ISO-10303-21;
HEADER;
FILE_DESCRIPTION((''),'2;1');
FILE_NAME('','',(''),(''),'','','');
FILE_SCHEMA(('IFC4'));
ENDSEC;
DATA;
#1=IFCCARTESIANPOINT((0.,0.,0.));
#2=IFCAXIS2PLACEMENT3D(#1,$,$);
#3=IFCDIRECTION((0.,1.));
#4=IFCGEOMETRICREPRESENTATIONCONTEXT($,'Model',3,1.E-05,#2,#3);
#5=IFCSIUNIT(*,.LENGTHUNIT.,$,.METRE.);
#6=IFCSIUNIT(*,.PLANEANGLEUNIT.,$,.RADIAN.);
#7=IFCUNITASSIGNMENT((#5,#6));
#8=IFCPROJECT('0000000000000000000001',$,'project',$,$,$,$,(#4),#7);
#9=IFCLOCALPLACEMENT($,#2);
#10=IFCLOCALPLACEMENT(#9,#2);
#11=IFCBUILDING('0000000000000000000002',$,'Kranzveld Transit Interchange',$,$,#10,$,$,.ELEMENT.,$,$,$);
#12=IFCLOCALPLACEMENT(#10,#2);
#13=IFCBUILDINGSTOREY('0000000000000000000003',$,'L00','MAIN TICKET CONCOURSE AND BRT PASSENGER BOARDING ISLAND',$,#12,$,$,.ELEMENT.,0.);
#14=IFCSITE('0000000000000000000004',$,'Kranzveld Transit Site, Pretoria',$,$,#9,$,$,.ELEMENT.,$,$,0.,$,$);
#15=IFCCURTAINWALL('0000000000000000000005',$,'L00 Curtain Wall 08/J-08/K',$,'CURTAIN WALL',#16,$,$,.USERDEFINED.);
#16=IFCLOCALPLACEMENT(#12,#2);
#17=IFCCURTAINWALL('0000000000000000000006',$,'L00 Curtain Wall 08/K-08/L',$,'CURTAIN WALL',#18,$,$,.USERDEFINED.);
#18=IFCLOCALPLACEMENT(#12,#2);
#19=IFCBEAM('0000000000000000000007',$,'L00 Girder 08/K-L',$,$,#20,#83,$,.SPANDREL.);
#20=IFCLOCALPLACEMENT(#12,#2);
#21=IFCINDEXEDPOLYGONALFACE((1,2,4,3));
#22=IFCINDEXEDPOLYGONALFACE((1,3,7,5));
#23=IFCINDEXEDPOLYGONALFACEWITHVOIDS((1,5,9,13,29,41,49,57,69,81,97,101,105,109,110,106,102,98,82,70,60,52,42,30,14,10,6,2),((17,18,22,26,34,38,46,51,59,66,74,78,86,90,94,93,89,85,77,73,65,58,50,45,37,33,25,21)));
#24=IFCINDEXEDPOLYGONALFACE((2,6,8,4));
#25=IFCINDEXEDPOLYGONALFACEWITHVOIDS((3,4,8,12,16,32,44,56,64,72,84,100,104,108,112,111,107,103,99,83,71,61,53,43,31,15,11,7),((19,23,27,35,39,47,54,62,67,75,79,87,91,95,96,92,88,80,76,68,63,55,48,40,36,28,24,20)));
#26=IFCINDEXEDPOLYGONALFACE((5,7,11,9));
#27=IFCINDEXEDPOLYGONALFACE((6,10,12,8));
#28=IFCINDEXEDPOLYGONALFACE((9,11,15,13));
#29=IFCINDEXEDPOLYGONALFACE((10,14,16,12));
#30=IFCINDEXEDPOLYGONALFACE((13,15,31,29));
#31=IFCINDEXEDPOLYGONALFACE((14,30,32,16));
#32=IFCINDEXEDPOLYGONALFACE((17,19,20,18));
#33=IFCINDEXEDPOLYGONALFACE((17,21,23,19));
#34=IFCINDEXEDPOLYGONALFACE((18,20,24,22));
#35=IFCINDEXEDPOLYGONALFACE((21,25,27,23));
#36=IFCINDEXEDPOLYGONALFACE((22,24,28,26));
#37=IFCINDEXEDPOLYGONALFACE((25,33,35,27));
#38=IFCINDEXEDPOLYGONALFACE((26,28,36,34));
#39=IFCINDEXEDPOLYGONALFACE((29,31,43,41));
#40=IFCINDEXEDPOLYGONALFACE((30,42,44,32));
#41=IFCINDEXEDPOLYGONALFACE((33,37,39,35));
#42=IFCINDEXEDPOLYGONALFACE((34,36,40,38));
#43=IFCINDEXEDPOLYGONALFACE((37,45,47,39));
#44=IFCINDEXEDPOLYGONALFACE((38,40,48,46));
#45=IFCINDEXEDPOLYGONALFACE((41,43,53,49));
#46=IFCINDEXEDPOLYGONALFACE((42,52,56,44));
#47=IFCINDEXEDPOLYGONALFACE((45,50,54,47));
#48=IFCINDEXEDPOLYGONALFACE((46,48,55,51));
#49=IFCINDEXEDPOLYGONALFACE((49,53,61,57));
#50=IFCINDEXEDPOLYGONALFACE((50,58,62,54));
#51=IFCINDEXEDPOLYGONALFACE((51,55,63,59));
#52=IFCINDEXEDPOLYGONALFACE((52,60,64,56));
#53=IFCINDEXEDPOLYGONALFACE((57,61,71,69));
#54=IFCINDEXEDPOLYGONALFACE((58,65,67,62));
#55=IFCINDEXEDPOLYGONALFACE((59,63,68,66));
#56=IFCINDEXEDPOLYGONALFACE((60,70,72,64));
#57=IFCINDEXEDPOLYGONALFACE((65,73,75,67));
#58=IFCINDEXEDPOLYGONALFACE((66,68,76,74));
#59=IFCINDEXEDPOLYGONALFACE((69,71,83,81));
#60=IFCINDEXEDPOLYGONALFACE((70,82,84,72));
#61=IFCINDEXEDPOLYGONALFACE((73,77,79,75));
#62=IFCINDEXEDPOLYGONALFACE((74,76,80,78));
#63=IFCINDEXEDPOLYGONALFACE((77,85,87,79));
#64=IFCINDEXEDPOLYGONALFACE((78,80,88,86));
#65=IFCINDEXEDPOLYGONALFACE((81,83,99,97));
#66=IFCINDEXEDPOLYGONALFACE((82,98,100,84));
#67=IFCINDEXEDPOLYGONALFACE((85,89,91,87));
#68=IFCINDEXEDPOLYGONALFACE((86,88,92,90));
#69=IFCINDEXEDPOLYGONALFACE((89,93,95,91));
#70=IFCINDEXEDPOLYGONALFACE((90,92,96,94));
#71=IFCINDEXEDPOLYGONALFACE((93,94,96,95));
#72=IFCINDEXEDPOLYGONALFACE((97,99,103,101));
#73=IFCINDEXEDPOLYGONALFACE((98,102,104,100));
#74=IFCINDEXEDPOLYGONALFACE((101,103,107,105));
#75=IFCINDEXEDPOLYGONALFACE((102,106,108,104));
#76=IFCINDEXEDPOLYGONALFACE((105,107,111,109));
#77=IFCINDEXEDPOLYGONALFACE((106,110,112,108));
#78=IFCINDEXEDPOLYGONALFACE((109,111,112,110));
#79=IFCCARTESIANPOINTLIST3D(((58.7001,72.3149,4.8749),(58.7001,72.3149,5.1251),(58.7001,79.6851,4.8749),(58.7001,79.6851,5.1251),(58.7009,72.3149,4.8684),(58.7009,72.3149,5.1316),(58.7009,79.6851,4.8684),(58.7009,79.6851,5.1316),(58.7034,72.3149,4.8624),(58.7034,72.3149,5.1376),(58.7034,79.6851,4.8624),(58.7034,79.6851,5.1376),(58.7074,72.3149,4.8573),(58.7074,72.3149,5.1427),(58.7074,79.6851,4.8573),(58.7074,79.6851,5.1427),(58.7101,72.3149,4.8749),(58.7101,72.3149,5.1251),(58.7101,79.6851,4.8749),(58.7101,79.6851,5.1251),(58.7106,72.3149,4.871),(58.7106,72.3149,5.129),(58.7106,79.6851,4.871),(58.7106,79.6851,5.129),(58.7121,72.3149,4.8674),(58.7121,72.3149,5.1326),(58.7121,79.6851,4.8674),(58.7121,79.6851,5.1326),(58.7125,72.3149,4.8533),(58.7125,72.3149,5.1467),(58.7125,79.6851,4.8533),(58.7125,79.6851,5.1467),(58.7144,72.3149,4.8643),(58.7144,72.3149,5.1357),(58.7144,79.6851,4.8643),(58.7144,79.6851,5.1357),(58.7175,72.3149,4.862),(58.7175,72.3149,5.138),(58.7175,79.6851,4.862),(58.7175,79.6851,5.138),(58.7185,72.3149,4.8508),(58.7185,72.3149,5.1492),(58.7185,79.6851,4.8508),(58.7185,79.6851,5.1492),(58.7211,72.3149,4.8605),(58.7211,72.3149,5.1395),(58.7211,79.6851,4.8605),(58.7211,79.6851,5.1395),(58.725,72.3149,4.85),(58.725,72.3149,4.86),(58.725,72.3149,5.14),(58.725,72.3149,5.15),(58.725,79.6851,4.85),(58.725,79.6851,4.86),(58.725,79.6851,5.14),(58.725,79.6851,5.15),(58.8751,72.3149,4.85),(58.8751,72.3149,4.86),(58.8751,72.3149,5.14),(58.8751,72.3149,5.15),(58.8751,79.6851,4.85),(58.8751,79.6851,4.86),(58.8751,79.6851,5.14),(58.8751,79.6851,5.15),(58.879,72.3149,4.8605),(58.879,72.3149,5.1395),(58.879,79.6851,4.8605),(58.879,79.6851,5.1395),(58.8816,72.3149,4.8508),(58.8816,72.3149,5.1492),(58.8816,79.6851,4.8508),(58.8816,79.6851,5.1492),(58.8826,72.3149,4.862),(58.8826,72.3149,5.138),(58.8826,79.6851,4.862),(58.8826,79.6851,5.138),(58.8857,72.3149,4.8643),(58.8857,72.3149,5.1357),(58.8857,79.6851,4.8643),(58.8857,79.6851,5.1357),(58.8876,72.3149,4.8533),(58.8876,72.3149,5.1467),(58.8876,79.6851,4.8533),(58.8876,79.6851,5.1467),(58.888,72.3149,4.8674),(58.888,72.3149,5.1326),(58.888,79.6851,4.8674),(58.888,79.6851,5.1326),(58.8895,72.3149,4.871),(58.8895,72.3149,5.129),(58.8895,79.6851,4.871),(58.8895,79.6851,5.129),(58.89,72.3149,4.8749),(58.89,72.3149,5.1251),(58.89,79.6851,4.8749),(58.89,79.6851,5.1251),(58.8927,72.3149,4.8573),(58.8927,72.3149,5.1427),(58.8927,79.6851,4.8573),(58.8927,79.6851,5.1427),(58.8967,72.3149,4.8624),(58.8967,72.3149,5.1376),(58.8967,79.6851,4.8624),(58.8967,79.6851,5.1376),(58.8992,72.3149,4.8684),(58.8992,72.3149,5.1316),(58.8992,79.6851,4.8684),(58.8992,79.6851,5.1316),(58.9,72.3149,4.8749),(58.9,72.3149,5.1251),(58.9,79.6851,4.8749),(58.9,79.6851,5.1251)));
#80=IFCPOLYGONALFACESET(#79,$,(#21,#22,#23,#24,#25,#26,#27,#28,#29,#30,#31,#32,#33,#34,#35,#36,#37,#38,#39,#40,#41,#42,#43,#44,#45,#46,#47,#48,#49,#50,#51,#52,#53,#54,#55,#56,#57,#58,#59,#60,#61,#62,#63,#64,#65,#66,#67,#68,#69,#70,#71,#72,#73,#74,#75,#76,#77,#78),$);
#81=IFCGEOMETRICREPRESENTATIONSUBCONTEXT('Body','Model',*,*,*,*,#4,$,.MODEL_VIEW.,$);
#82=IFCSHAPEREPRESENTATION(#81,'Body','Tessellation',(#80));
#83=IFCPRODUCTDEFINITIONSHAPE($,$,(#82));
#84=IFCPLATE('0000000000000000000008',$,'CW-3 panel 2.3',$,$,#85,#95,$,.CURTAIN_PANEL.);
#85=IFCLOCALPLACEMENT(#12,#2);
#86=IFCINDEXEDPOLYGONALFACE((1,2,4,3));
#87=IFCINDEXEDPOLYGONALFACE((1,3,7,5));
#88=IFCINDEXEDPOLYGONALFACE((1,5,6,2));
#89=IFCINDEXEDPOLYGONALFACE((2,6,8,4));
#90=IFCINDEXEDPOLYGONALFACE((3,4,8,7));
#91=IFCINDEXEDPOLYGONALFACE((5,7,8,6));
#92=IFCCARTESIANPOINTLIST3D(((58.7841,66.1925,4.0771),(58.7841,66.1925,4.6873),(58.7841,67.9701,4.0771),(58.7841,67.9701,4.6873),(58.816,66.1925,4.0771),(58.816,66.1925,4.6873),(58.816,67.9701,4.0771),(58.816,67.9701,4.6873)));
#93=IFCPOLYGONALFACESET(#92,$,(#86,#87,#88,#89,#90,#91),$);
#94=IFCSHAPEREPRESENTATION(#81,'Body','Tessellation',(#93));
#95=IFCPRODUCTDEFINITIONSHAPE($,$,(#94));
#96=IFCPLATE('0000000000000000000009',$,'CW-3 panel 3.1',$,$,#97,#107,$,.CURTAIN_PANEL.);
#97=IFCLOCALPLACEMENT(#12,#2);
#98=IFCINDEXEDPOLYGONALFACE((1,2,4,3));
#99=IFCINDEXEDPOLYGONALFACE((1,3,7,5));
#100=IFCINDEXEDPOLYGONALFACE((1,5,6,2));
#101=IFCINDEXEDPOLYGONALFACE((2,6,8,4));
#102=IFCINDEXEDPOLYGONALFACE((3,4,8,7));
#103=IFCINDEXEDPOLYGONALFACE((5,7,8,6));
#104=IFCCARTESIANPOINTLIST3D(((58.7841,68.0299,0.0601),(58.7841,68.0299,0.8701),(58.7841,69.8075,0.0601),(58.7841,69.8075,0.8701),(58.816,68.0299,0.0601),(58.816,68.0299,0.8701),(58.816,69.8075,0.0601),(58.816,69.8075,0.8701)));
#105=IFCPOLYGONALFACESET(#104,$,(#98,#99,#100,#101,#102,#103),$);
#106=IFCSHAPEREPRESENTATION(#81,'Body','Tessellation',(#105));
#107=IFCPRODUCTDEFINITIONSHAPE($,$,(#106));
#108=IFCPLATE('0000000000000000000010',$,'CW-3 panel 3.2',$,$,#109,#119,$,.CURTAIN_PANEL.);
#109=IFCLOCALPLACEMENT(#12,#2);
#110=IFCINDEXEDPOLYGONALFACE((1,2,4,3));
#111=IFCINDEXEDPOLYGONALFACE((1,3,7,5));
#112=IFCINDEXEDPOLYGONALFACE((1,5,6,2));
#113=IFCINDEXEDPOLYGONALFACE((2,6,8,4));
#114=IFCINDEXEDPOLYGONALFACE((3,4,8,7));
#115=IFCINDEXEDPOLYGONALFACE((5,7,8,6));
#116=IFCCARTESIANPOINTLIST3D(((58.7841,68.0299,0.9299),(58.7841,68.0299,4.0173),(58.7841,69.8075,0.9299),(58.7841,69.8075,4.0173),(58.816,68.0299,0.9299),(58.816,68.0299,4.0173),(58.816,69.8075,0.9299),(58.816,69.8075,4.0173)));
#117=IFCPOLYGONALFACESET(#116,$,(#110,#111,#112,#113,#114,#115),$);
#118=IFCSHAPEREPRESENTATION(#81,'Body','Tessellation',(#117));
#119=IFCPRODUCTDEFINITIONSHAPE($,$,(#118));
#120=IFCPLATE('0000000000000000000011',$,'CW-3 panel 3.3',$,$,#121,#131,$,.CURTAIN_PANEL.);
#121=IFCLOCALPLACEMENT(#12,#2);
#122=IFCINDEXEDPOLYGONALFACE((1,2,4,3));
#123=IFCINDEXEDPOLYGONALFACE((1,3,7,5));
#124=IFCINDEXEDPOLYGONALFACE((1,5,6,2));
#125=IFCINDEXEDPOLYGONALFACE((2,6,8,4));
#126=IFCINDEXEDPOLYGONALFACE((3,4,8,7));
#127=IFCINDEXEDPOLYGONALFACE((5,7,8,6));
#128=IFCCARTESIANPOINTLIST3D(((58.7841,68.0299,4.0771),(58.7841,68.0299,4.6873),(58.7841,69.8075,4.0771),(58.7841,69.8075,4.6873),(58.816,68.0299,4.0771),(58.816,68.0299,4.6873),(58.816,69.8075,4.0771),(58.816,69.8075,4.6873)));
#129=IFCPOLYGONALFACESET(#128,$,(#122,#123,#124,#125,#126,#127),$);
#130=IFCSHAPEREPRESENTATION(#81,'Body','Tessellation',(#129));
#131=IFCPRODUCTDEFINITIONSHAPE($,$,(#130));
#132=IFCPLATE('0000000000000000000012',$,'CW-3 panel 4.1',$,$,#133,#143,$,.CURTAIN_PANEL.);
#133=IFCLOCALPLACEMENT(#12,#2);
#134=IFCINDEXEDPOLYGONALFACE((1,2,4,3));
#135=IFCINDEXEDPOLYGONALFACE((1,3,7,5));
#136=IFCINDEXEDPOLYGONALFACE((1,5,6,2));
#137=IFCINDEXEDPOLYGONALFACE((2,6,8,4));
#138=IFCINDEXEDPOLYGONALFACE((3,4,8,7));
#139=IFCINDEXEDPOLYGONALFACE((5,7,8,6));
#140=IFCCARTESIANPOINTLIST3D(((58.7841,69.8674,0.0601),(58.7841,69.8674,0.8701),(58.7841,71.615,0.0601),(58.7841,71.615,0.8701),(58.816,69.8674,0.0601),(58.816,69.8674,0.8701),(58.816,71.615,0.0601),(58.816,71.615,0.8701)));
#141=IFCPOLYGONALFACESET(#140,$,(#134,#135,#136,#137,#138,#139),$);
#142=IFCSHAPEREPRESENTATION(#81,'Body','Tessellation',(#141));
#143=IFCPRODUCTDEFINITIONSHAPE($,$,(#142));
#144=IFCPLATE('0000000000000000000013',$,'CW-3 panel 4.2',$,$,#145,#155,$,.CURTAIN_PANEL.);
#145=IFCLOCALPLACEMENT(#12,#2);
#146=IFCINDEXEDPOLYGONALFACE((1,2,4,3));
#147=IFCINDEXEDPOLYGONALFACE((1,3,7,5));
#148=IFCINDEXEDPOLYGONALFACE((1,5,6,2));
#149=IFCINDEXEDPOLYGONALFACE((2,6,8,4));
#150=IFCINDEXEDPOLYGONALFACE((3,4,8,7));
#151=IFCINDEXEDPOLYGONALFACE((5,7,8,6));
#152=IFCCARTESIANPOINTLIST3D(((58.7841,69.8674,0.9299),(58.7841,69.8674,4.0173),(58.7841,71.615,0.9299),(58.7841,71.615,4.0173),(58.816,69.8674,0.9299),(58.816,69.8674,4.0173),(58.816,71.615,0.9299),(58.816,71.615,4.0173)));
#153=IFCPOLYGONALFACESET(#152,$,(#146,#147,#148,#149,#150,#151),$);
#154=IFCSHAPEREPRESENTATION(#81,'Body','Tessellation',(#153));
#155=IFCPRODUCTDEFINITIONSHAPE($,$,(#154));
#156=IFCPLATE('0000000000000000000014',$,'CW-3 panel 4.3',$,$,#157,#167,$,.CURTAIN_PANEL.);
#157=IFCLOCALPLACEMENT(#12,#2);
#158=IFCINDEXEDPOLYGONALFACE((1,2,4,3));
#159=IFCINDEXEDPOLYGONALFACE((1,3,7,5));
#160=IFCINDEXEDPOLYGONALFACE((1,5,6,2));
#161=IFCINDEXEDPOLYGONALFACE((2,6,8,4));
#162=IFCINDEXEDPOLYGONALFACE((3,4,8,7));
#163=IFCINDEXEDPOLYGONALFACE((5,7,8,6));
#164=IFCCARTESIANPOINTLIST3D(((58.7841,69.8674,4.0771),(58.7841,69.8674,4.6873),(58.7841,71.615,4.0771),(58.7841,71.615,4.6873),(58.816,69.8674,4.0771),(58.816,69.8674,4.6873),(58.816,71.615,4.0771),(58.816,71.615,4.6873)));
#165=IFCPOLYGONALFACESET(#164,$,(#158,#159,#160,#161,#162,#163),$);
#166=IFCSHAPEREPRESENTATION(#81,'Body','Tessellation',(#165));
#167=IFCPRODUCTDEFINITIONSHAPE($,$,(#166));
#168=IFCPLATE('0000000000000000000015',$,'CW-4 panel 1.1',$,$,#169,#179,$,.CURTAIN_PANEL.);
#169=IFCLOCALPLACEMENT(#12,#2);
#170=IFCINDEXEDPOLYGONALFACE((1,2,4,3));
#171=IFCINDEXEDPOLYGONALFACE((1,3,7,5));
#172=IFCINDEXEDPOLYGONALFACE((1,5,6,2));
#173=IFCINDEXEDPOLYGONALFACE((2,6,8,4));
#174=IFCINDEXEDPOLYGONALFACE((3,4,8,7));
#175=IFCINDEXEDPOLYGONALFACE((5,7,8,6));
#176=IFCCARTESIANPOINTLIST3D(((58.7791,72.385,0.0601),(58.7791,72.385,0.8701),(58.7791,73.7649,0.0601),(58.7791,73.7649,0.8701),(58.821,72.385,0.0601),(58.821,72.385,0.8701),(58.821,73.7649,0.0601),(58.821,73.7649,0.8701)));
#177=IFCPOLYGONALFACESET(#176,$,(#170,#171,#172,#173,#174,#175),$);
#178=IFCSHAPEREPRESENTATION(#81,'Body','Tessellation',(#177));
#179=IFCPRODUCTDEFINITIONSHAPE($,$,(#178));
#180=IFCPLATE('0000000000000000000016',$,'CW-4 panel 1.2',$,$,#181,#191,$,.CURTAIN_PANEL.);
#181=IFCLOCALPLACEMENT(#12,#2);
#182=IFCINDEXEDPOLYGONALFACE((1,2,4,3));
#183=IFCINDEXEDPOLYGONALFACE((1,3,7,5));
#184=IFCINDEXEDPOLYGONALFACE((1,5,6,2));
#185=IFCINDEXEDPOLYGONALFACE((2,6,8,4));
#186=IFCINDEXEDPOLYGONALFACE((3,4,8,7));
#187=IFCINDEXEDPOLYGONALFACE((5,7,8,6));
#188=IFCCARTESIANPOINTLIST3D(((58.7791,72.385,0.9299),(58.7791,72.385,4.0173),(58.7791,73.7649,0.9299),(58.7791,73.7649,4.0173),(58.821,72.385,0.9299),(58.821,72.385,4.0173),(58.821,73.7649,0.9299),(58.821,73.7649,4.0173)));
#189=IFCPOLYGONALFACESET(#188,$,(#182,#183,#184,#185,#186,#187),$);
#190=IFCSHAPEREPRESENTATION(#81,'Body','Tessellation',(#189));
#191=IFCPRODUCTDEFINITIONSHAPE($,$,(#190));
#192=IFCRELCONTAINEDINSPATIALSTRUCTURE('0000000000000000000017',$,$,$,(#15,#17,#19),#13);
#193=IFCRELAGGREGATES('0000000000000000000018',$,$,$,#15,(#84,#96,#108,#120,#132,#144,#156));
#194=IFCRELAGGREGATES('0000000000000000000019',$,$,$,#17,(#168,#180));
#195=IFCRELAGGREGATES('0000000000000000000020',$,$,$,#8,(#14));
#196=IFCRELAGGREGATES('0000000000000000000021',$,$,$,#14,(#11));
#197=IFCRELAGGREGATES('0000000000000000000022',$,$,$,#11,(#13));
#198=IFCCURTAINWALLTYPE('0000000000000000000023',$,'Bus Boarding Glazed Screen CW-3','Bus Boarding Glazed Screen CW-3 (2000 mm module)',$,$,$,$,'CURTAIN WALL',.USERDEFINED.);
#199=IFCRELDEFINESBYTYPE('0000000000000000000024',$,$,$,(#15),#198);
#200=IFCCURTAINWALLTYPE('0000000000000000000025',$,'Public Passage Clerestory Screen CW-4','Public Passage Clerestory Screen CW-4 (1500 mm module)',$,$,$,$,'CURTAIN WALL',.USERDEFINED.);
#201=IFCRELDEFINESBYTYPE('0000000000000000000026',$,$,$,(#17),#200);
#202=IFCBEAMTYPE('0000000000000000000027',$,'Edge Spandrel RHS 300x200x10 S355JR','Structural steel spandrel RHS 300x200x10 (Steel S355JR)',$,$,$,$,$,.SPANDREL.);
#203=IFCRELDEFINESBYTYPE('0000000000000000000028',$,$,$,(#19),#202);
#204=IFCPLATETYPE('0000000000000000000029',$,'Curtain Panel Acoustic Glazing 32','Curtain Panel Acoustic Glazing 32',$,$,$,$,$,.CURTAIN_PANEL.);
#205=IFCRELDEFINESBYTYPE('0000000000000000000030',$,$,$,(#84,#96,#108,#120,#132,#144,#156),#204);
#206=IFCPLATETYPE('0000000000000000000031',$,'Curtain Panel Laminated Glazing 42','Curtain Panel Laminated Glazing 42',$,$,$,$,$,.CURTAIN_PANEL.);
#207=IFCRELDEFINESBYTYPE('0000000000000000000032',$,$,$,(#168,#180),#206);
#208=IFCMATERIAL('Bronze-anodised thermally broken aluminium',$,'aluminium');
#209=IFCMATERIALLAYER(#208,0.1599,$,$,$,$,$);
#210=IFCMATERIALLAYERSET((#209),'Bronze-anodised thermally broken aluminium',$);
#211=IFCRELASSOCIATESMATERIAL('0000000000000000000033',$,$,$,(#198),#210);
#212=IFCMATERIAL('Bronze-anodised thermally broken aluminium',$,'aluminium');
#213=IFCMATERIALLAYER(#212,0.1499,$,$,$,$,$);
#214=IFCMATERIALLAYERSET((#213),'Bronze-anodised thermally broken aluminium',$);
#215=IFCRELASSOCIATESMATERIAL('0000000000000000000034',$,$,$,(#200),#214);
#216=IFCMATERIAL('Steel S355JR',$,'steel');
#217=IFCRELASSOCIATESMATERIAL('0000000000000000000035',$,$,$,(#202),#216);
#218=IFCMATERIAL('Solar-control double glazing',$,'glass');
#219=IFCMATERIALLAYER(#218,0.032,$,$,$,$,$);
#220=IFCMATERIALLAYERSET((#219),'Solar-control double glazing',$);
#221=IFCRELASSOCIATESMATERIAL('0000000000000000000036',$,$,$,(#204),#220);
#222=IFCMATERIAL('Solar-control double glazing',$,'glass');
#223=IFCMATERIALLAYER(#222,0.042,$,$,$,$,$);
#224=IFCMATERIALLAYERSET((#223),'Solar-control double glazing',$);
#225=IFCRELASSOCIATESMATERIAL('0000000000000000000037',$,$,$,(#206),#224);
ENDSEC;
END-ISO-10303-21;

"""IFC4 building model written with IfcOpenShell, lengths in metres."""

from ifc_helpers import new_model, si_unit, direction, frame, origin, origin_2d, place, context, subcontext, project, spatial, rectangle, hollow_rectangle, extrude, material, layer, layer_set, material_profile, profile_set, type_object, element, aggregate, save


model = new_model("IFC4")

# Units and contexts
model_context = context("Model", 3, precision=1e-05, world=origin(), true_north=direction((0.0, 1.0)))
body_context = subcontext(model_context, "Body", "Model", "MODEL_VIEW")
ifc_project = project(units=[si_unit("LENGTHUNIT", "METRE"), si_unit("PLANEANGLEUNIT", "RADIAN")], contexts=[model_context])

# Site, building, storey
site_placement = place(None, origin())
site = spatial("IfcSite", under=ifc_project, at=site_placement, Name="Kranzveld Transit Site, Pretoria", CompositionType="ELEMENT", RefElevation=0.0)
building_placement = place(site_placement, origin())
building = spatial("IfcBuilding", under=site, at=building_placement, Name="Kranzveld Transit Interchange", CompositionType="ELEMENT")
storey_placement = place(building_placement, origin())
storey = spatial("IfcBuildingStorey", under=building, at=storey_placement, Name="L00", Description="MAIN TICKET CONCOURSE AND BRT PASSENGER BOARDING ISLAND", CompositionType="ELEMENT", Elevation=0.0)

# Curtain wall
ifc_material_1 = material(Name="Bronze-anodised thermally broken aluminium", Category="aluminium")
ifc_layer_1 = layer(ifc_material_1, 0.1599)
ifc_layer_set_1 = layer_set([ifc_layer_1], Name="Bronze-anodised thermally broken aluminium")
curtain_wall_type_1 = type_object("IfcCurtainWallType", Name="Bus Boarding Glazed Screen CW-3", Description="Bus Boarding Glazed Screen CW-3 (2000 mm module)", ElementType="CURTAIN WALL", PredefinedType="USERDEFINED", material=ifc_layer_set_1)
curtain_wall_1_placement = place(storey_placement, origin())
curtain_wall_1 = element("IfcCurtainWall", 1, at=curtain_wall_1_placement, inside=storey, type_object=curtain_wall_type_1, Name="L00 Curtain Wall 08/J-08/K", ObjectType="CURTAIN WALL", PredefinedType="USERDEFINED")

# Curtain wall
ifc_material_2 = material(Name="Bronze-anodised thermally broken aluminium", Category="aluminium")
ifc_layer_2 = layer(ifc_material_2, 0.1499)
ifc_layer_set_2 = layer_set([ifc_layer_2], Name="Bronze-anodised thermally broken aluminium")
curtain_wall_type_2 = type_object("IfcCurtainWallType", Name="Public Passage Clerestory Screen CW-4", Description="Public Passage Clerestory Screen CW-4 (1500 mm module)", ElementType="CURTAIN WALL", PredefinedType="USERDEFINED", material=ifc_layer_set_2)
curtain_wall_2_placement = place(storey_placement, origin())
curtain_wall_2 = element("IfcCurtainWall", 2, at=curtain_wall_2_placement, inside=storey, type_object=curtain_wall_type_2, Name="L00 Curtain Wall 08/K-08/L", ObjectType="CURTAIN WALL", PredefinedType="USERDEFINED")

# Beam
ifc_material_3 = material(Name="Steel S355JR", Category="steel")
ifc_material_profile_1 = material_profile(ifc_material_3, hollow_rectangle(XDim=0.2, YDim=0.3, WallThickness=0.01, InnerFilletRadius=0.0149, OuterFilletRadius=0.0249, at=origin_2d()), Name="RHS 300x200x10")
ifc_profile_set_1 = profile_set([ifc_material_profile_1], Name="Steel S355JR")
beam_type = type_object("IfcBeamType", Name="Edge Spandrel RHS 300x200x10 S355JR", Description="Structural steel spandrel RHS 300x200x10 (Steel S355JR)", PredefinedType="SPANDREL", material=ifc_profile_set_1)
beam_placement = place(storey_placement, frame((58.8, 72.3149, 5.0), z_axis=(0.0, 1.0, 0.0), x_axis=(-1.0, 0.0, 0.0)))
element("IfcBeam", 3, at=beam_placement, inside=storey, type_object=beam_type, Name="L00 Girder 08/K-L", PredefinedType="SPANDREL", context=body_context, shape_type="SweptSolid", body=[
    extrude(hollow_rectangle(XDim=0.2, YDim=0.3, WallThickness=0.01, InnerFilletRadius=0.0149, OuterFilletRadius=0.0249, at=origin_2d()), origin(), (0.0, 0.0, 1.0), 7.3701),
])

# Plates
ifc_material_4 = material(Name="Solar-control double glazing", Category="glass")
ifc_layer_3 = layer(ifc_material_4, 0.032)
ifc_layer_set_3 = layer_set([ifc_layer_3], Name="Solar-control double glazing")
plate_type_1 = type_object("IfcPlateType", Name="Curtain Panel Acoustic Glazing 32", Description="Curtain Panel Acoustic Glazing 32", PredefinedType="CURTAIN_PANEL", material=ifc_layer_set_3)
plate_1_placement = place(storey_placement, frame((58.8, 67.0813, 4.0771), z_axis=(0.0, 0.0, 1.0), x_axis=(0.0, 1.0, 0.0)))
plate_1 = element("IfcPlate", 4, at=plate_1_placement, type_object=plate_type_1, Name="CW-3 panel 2.3", PredefinedType="CURTAIN_PANEL", context=body_context, shape_type="SweptSolid", body=[
    extrude(rectangle(XDim=1.7776, YDim=0.032, at=origin_2d()), origin(), (0.0, 0.0, 1.0), 0.6101),
])
plate_2_placement = place(storey_placement, frame((58.8, 68.9187, 0.0601), z_axis=(0.0, 0.0, 1.0), x_axis=(0.0, 1.0, 0.0)))
plate_2 = element("IfcPlate", 5, at=plate_2_placement, type_object=plate_type_1, Name="CW-3 panel 3.1", PredefinedType="CURTAIN_PANEL", context=body_context, shape_type="SweptSolid", body=[
    extrude(rectangle(XDim=1.7776, YDim=0.032, at=origin_2d()), origin(), (0.0, 0.0, 1.0), 0.8101),
])
plate_3_placement = place(storey_placement, frame((58.8, 68.9187, 0.9299), z_axis=(0.0, 0.0, 1.0), x_axis=(0.0, 1.0, 0.0)))
plate_3 = element("IfcPlate", 6, at=plate_3_placement, type_object=plate_type_1, Name="CW-3 panel 3.2", PredefinedType="CURTAIN_PANEL", context=body_context, shape_type="SweptSolid", body=[
    extrude(rectangle(XDim=1.7776, YDim=0.032, at=origin_2d()), origin(), (0.0, 0.0, 1.0), 3.0874),
])
plate_4_placement = place(storey_placement, frame((58.8, 68.9187, 4.0771), z_axis=(0.0, 0.0, 1.0), x_axis=(0.0, 1.0, 0.0)))
plate_4 = element("IfcPlate", 7, at=plate_4_placement, type_object=plate_type_1, Name="CW-3 panel 3.3", PredefinedType="CURTAIN_PANEL", context=body_context, shape_type="SweptSolid", body=[
    extrude(rectangle(XDim=1.7776, YDim=0.032, at=origin_2d()), origin(), (0.0, 0.0, 1.0), 0.6101),
])
plate_5_placement = place(storey_placement, frame((58.8, 70.7412, 0.0601), z_axis=(0.0, 0.0, 1.0), x_axis=(0.0, 1.0, 0.0)))
plate_5 = element("IfcPlate", 8, at=plate_5_placement, type_object=plate_type_1, Name="CW-3 panel 4.1", PredefinedType="CURTAIN_PANEL", context=body_context, shape_type="SweptSolid", body=[
    extrude(rectangle(XDim=1.7476, YDim=0.032, at=origin_2d()), origin(), (0.0, 0.0, 1.0), 0.8101),
])
plate_6_placement = place(storey_placement, frame((58.8, 70.7412, 0.9299), z_axis=(0.0, 0.0, 1.0), x_axis=(0.0, 1.0, 0.0)))
plate_6 = element("IfcPlate", 9, at=plate_6_placement, type_object=plate_type_1, Name="CW-3 panel 4.2", PredefinedType="CURTAIN_PANEL", context=body_context, shape_type="SweptSolid", body=[
    extrude(rectangle(XDim=1.7476, YDim=0.032, at=origin_2d()), origin(), (0.0, 0.0, 1.0), 3.0874),
])
plate_7_placement = place(storey_placement, frame((58.8, 70.7412, 4.0771), z_axis=(0.0, 0.0, 1.0), x_axis=(0.0, 1.0, 0.0)))
plate_7 = element("IfcPlate", 10, at=plate_7_placement, type_object=plate_type_1, Name="CW-3 panel 4.3", PredefinedType="CURTAIN_PANEL", context=body_context, shape_type="SweptSolid", body=[
    extrude(rectangle(XDim=1.7476, YDim=0.032, at=origin_2d()), origin(), (0.0, 0.0, 1.0), 0.6101),
])
aggregate(curtain_wall_1, [plate_1, plate_2, plate_3, plate_4, plate_5, plate_6, plate_7])
ifc_material_5 = material(Name="Solar-control double glazing", Category="glass")
ifc_layer_4 = layer(ifc_material_5, 0.042)
ifc_layer_set_4 = layer_set([ifc_layer_4], Name="Solar-control double glazing")
plate_type_2 = type_object("IfcPlateType", Name="Curtain Panel Laminated Glazing 42", Description="Curtain Panel Laminated Glazing 42", PredefinedType="CURTAIN_PANEL", material=ifc_layer_set_4)
plate_8_placement = place(storey_placement, frame((58.8, 73.075, 0.0601), z_axis=(0.0, 0.0, 1.0), x_axis=(0.0, 1.0, 0.0)))
plate_8 = element("IfcPlate", 11, at=plate_8_placement, type_object=plate_type_2, Name="CW-4 panel 1.1", PredefinedType="CURTAIN_PANEL", context=body_context, shape_type="SweptSolid", body=[
    extrude(rectangle(XDim=1.3799, YDim=0.042, at=origin_2d()), origin(), (0.0, 0.0, 1.0), 0.8101),
])
plate_9_placement = place(storey_placement, frame((58.8, 73.075, 0.9299), z_axis=(0.0, 0.0, 1.0), x_axis=(0.0, 1.0, 0.0)))
plate_9 = element("IfcPlate", 12, at=plate_9_placement, type_object=plate_type_2, Name="CW-4 panel 1.2", PredefinedType="CURTAIN_PANEL", context=body_context, shape_type="SweptSolid", body=[
    extrude(rectangle(XDim=1.3799, YDim=0.042, at=origin_2d()), origin(), (0.0, 0.0, 1.0), 3.0874),
])
aggregate(curtain_wall_2, [plate_8, plate_9])

save(model, "model.ifc")
